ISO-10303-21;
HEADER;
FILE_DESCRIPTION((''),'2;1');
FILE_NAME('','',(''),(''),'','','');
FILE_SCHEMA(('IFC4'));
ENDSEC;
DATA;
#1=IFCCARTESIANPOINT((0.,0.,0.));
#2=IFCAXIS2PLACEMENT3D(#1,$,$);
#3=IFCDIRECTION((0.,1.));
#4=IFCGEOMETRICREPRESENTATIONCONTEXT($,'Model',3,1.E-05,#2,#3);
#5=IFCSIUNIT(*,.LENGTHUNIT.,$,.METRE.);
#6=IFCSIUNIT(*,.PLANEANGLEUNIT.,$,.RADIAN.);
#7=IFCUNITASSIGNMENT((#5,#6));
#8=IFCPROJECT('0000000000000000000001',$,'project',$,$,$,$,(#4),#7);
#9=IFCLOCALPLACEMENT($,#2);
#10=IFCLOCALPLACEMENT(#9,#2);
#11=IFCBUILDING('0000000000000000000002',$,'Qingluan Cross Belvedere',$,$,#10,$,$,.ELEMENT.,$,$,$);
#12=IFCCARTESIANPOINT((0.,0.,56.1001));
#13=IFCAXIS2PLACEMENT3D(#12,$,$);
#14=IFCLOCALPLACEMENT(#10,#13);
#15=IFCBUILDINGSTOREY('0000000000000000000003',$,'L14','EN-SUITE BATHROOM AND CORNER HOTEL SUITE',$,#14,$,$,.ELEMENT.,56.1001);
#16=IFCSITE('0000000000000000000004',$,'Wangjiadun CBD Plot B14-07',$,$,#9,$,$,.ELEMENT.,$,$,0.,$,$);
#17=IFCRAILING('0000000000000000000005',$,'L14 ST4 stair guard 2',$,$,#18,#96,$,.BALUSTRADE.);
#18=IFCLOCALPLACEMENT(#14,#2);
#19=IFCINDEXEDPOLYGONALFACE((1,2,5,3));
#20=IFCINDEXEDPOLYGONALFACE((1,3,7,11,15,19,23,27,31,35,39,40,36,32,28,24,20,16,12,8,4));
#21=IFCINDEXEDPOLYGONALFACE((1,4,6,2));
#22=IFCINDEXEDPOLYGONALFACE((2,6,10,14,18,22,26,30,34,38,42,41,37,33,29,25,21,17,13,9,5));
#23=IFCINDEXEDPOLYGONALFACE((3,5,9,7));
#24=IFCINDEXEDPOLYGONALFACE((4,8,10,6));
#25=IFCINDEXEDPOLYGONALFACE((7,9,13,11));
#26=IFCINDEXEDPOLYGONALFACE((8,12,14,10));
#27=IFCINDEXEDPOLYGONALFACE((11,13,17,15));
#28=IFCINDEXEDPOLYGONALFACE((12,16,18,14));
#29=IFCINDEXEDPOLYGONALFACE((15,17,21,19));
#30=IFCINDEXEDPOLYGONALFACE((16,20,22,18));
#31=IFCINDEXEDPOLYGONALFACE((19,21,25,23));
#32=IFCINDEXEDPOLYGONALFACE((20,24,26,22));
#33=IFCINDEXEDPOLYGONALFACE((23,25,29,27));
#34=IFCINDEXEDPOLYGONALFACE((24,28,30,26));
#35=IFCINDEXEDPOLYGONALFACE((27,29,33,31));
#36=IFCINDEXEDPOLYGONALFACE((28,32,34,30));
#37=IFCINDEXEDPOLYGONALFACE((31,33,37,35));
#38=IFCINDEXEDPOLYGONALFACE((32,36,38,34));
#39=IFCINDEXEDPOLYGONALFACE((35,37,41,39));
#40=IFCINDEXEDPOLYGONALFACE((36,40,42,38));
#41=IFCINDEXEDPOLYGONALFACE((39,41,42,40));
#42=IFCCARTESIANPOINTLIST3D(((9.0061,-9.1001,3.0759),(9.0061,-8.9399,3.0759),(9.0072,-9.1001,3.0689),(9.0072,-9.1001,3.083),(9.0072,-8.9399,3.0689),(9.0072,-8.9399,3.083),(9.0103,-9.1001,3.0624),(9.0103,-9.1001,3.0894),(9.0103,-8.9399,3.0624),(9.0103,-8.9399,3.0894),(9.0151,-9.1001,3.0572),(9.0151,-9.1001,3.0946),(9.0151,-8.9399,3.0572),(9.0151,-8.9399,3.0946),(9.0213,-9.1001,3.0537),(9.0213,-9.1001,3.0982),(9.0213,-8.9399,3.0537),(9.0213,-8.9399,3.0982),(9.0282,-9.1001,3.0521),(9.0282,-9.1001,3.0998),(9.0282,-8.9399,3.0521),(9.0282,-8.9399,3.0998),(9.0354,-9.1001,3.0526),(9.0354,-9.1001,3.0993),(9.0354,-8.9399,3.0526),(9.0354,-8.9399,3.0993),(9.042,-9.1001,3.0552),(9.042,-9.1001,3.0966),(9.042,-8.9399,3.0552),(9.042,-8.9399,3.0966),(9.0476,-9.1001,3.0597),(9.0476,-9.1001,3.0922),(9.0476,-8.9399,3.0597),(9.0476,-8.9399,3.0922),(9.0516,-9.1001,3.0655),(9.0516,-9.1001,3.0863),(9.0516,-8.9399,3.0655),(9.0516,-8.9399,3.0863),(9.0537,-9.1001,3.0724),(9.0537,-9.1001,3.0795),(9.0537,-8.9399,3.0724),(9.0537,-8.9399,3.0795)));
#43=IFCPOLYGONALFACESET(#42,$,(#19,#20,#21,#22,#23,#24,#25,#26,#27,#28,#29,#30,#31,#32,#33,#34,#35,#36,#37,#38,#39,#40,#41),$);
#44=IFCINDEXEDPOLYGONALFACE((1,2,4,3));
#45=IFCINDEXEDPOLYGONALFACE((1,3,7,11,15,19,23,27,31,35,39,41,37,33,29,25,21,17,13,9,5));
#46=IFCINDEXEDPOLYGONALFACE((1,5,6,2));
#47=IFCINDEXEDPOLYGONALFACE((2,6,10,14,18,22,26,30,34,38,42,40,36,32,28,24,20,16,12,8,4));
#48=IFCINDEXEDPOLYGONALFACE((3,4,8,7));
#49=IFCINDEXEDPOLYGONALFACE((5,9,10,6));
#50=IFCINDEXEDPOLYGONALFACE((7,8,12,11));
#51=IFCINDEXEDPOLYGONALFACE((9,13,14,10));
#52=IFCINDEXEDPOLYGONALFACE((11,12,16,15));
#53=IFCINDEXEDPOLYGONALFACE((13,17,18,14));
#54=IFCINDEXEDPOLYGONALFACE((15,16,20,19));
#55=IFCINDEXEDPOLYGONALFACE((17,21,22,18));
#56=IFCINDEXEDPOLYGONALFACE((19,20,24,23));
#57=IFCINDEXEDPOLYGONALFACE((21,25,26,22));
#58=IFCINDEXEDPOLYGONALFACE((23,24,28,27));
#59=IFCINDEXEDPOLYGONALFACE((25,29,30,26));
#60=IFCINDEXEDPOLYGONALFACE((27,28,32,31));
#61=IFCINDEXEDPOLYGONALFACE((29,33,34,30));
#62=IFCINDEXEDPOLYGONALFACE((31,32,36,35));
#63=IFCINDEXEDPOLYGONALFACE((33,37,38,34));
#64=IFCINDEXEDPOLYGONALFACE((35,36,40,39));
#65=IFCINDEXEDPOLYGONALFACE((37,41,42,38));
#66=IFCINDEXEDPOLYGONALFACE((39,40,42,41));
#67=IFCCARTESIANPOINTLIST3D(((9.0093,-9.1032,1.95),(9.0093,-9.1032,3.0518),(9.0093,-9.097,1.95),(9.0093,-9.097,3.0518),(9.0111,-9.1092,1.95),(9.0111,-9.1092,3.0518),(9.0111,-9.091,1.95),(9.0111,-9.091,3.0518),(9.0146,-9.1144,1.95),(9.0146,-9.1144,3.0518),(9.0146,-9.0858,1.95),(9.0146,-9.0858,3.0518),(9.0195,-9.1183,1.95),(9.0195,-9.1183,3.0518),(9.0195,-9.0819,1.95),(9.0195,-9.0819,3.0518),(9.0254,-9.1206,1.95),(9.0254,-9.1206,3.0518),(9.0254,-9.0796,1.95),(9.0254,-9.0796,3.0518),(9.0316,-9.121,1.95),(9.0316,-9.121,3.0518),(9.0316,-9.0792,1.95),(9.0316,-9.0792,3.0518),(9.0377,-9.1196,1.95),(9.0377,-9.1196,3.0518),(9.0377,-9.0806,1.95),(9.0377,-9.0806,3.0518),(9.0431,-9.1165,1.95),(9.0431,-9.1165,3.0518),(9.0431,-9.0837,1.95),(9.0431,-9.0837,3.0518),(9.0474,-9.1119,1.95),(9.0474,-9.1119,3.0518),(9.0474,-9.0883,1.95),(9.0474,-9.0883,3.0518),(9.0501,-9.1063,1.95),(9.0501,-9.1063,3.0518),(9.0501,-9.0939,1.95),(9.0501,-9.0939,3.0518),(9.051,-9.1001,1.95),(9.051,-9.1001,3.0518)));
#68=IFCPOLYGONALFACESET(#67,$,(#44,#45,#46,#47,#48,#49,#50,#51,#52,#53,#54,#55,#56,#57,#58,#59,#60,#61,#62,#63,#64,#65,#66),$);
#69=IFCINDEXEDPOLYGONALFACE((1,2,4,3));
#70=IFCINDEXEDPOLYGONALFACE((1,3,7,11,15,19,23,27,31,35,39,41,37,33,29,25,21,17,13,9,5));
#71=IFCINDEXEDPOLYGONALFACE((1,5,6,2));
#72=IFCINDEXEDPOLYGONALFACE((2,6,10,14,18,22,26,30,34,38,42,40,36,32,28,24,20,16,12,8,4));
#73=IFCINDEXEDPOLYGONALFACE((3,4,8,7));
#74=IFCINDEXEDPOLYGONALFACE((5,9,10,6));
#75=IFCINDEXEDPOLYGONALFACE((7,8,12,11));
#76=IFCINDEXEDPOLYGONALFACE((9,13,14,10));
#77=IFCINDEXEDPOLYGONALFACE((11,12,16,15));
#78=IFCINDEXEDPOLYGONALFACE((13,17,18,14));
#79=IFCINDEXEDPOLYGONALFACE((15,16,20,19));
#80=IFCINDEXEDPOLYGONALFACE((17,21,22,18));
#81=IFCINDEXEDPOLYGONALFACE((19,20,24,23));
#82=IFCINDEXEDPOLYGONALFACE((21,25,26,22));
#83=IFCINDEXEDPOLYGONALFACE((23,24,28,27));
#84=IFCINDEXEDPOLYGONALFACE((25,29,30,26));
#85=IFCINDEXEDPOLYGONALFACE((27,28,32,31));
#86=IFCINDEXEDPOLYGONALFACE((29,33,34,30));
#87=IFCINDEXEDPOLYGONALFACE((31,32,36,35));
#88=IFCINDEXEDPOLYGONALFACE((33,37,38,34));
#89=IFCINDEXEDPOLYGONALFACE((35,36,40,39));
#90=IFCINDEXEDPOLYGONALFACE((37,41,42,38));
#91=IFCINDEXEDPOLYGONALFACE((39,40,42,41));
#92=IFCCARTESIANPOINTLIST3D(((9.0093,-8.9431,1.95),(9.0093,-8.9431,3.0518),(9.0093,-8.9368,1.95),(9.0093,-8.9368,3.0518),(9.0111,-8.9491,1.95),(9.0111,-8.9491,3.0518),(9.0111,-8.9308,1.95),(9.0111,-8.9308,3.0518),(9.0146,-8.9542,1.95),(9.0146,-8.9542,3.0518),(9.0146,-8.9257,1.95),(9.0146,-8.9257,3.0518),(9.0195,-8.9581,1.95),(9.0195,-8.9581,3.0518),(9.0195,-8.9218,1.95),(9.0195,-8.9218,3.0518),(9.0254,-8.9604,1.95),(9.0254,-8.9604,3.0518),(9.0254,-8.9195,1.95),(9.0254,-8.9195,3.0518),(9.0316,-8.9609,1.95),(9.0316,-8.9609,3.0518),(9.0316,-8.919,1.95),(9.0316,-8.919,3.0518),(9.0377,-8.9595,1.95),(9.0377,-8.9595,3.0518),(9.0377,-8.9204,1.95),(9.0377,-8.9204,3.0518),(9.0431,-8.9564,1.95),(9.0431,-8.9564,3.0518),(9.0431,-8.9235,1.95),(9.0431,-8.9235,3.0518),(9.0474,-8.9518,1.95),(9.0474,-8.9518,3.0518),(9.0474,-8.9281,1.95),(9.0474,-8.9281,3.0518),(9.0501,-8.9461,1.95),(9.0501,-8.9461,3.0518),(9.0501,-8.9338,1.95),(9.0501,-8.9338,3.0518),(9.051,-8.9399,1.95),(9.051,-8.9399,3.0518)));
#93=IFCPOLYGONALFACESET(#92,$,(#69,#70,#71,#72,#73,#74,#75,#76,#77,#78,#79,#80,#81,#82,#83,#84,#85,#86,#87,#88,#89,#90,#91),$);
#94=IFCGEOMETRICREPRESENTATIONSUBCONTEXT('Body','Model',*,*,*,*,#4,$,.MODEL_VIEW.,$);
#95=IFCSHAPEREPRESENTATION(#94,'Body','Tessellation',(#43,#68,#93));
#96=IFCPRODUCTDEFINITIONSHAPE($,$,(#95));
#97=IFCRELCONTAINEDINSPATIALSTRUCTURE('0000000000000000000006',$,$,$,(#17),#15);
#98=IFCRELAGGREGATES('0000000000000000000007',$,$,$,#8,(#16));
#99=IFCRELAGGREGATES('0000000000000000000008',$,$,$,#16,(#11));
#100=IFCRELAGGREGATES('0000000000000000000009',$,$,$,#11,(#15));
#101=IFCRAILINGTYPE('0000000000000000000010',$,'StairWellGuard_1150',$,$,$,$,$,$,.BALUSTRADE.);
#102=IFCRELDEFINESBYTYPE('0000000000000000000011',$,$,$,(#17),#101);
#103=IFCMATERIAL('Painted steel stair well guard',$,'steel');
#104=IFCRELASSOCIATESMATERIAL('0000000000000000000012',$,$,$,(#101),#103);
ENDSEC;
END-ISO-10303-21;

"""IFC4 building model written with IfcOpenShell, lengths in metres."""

from ifc_helpers import new_model, si_unit, direction, frame, origin, origin_2d, place, context, subcontext, project, spatial, circle, extrude, material, type_object, element, save


model = new_model("IFC4")

# Units and contexts
model_context = context("Model", 3, precision=1e-05, world=origin(), true_north=direction((0.0, 1.0)))
body_context = subcontext(model_context, "Body", "Model", "MODEL_VIEW")
ifc_project = project(units=[si_unit("LENGTHUNIT", "METRE"), si_unit("PLANEANGLEUNIT", "RADIAN")], contexts=[model_context])

# Site, building, storey
site_placement = place(None, origin())
site = spatial("IfcSite", under=ifc_project, at=site_placement, Name="Wangjiadun CBD Plot B14-07", CompositionType="ELEMENT", RefElevation=0.0)
building_placement = place(site_placement, origin())
building = spatial("IfcBuilding", under=site, at=building_placement, Name="Qingluan Cross Belvedere", CompositionType="ELEMENT")
storey_placement = place(building_placement, frame((0.0, 0.0, 56.1001)))
storey = spatial("IfcBuildingStorey", under=building, at=storey_placement, Name="L14", Description="EN-SUITE BATHROOM AND CORNER HOTEL SUITE", CompositionType="ELEMENT", Elevation=56.1001)

# Railing
ifc_material_1 = material(Name="Painted steel stair well guard", Category="steel")
railing_type_1 = type_object("IfcRailingType", Name="StairWellGuard_1150", PredefinedType="BALUSTRADE", material=ifc_material_1)
railing_1_placement = place(storey_placement, frame((9.03, -9.1001, 1.95)))
element("IfcRailing", 1, at=railing_1_placement, inside=storey, type_object=railing_type_1, Name="L14 ST4 stair guard 2", PredefinedType="BALUSTRADE", context=body_context, shape_type="SweptSolid", body=[
    extrude(circle(Radius=0.0239, at=origin_2d()), frame((0.0, 0.0, 1.126), z_axis=(0.0, 1.0, 0.0), x_axis=(-1.0, 0.0, 0.0)), (0.0, 0.0, 1.0), 0.1602),
    extrude(circle(Radius=0.021, at=origin_2d()), origin(), (0.0, 0.0, 1.0), 1.1018),
    extrude(circle(Radius=0.021, at=origin_2d()), frame((0.0, 0.1602, 0.0)), (0.0, 0.0, 1.0), 1.1018),
])

save(model, "model.ifc")
